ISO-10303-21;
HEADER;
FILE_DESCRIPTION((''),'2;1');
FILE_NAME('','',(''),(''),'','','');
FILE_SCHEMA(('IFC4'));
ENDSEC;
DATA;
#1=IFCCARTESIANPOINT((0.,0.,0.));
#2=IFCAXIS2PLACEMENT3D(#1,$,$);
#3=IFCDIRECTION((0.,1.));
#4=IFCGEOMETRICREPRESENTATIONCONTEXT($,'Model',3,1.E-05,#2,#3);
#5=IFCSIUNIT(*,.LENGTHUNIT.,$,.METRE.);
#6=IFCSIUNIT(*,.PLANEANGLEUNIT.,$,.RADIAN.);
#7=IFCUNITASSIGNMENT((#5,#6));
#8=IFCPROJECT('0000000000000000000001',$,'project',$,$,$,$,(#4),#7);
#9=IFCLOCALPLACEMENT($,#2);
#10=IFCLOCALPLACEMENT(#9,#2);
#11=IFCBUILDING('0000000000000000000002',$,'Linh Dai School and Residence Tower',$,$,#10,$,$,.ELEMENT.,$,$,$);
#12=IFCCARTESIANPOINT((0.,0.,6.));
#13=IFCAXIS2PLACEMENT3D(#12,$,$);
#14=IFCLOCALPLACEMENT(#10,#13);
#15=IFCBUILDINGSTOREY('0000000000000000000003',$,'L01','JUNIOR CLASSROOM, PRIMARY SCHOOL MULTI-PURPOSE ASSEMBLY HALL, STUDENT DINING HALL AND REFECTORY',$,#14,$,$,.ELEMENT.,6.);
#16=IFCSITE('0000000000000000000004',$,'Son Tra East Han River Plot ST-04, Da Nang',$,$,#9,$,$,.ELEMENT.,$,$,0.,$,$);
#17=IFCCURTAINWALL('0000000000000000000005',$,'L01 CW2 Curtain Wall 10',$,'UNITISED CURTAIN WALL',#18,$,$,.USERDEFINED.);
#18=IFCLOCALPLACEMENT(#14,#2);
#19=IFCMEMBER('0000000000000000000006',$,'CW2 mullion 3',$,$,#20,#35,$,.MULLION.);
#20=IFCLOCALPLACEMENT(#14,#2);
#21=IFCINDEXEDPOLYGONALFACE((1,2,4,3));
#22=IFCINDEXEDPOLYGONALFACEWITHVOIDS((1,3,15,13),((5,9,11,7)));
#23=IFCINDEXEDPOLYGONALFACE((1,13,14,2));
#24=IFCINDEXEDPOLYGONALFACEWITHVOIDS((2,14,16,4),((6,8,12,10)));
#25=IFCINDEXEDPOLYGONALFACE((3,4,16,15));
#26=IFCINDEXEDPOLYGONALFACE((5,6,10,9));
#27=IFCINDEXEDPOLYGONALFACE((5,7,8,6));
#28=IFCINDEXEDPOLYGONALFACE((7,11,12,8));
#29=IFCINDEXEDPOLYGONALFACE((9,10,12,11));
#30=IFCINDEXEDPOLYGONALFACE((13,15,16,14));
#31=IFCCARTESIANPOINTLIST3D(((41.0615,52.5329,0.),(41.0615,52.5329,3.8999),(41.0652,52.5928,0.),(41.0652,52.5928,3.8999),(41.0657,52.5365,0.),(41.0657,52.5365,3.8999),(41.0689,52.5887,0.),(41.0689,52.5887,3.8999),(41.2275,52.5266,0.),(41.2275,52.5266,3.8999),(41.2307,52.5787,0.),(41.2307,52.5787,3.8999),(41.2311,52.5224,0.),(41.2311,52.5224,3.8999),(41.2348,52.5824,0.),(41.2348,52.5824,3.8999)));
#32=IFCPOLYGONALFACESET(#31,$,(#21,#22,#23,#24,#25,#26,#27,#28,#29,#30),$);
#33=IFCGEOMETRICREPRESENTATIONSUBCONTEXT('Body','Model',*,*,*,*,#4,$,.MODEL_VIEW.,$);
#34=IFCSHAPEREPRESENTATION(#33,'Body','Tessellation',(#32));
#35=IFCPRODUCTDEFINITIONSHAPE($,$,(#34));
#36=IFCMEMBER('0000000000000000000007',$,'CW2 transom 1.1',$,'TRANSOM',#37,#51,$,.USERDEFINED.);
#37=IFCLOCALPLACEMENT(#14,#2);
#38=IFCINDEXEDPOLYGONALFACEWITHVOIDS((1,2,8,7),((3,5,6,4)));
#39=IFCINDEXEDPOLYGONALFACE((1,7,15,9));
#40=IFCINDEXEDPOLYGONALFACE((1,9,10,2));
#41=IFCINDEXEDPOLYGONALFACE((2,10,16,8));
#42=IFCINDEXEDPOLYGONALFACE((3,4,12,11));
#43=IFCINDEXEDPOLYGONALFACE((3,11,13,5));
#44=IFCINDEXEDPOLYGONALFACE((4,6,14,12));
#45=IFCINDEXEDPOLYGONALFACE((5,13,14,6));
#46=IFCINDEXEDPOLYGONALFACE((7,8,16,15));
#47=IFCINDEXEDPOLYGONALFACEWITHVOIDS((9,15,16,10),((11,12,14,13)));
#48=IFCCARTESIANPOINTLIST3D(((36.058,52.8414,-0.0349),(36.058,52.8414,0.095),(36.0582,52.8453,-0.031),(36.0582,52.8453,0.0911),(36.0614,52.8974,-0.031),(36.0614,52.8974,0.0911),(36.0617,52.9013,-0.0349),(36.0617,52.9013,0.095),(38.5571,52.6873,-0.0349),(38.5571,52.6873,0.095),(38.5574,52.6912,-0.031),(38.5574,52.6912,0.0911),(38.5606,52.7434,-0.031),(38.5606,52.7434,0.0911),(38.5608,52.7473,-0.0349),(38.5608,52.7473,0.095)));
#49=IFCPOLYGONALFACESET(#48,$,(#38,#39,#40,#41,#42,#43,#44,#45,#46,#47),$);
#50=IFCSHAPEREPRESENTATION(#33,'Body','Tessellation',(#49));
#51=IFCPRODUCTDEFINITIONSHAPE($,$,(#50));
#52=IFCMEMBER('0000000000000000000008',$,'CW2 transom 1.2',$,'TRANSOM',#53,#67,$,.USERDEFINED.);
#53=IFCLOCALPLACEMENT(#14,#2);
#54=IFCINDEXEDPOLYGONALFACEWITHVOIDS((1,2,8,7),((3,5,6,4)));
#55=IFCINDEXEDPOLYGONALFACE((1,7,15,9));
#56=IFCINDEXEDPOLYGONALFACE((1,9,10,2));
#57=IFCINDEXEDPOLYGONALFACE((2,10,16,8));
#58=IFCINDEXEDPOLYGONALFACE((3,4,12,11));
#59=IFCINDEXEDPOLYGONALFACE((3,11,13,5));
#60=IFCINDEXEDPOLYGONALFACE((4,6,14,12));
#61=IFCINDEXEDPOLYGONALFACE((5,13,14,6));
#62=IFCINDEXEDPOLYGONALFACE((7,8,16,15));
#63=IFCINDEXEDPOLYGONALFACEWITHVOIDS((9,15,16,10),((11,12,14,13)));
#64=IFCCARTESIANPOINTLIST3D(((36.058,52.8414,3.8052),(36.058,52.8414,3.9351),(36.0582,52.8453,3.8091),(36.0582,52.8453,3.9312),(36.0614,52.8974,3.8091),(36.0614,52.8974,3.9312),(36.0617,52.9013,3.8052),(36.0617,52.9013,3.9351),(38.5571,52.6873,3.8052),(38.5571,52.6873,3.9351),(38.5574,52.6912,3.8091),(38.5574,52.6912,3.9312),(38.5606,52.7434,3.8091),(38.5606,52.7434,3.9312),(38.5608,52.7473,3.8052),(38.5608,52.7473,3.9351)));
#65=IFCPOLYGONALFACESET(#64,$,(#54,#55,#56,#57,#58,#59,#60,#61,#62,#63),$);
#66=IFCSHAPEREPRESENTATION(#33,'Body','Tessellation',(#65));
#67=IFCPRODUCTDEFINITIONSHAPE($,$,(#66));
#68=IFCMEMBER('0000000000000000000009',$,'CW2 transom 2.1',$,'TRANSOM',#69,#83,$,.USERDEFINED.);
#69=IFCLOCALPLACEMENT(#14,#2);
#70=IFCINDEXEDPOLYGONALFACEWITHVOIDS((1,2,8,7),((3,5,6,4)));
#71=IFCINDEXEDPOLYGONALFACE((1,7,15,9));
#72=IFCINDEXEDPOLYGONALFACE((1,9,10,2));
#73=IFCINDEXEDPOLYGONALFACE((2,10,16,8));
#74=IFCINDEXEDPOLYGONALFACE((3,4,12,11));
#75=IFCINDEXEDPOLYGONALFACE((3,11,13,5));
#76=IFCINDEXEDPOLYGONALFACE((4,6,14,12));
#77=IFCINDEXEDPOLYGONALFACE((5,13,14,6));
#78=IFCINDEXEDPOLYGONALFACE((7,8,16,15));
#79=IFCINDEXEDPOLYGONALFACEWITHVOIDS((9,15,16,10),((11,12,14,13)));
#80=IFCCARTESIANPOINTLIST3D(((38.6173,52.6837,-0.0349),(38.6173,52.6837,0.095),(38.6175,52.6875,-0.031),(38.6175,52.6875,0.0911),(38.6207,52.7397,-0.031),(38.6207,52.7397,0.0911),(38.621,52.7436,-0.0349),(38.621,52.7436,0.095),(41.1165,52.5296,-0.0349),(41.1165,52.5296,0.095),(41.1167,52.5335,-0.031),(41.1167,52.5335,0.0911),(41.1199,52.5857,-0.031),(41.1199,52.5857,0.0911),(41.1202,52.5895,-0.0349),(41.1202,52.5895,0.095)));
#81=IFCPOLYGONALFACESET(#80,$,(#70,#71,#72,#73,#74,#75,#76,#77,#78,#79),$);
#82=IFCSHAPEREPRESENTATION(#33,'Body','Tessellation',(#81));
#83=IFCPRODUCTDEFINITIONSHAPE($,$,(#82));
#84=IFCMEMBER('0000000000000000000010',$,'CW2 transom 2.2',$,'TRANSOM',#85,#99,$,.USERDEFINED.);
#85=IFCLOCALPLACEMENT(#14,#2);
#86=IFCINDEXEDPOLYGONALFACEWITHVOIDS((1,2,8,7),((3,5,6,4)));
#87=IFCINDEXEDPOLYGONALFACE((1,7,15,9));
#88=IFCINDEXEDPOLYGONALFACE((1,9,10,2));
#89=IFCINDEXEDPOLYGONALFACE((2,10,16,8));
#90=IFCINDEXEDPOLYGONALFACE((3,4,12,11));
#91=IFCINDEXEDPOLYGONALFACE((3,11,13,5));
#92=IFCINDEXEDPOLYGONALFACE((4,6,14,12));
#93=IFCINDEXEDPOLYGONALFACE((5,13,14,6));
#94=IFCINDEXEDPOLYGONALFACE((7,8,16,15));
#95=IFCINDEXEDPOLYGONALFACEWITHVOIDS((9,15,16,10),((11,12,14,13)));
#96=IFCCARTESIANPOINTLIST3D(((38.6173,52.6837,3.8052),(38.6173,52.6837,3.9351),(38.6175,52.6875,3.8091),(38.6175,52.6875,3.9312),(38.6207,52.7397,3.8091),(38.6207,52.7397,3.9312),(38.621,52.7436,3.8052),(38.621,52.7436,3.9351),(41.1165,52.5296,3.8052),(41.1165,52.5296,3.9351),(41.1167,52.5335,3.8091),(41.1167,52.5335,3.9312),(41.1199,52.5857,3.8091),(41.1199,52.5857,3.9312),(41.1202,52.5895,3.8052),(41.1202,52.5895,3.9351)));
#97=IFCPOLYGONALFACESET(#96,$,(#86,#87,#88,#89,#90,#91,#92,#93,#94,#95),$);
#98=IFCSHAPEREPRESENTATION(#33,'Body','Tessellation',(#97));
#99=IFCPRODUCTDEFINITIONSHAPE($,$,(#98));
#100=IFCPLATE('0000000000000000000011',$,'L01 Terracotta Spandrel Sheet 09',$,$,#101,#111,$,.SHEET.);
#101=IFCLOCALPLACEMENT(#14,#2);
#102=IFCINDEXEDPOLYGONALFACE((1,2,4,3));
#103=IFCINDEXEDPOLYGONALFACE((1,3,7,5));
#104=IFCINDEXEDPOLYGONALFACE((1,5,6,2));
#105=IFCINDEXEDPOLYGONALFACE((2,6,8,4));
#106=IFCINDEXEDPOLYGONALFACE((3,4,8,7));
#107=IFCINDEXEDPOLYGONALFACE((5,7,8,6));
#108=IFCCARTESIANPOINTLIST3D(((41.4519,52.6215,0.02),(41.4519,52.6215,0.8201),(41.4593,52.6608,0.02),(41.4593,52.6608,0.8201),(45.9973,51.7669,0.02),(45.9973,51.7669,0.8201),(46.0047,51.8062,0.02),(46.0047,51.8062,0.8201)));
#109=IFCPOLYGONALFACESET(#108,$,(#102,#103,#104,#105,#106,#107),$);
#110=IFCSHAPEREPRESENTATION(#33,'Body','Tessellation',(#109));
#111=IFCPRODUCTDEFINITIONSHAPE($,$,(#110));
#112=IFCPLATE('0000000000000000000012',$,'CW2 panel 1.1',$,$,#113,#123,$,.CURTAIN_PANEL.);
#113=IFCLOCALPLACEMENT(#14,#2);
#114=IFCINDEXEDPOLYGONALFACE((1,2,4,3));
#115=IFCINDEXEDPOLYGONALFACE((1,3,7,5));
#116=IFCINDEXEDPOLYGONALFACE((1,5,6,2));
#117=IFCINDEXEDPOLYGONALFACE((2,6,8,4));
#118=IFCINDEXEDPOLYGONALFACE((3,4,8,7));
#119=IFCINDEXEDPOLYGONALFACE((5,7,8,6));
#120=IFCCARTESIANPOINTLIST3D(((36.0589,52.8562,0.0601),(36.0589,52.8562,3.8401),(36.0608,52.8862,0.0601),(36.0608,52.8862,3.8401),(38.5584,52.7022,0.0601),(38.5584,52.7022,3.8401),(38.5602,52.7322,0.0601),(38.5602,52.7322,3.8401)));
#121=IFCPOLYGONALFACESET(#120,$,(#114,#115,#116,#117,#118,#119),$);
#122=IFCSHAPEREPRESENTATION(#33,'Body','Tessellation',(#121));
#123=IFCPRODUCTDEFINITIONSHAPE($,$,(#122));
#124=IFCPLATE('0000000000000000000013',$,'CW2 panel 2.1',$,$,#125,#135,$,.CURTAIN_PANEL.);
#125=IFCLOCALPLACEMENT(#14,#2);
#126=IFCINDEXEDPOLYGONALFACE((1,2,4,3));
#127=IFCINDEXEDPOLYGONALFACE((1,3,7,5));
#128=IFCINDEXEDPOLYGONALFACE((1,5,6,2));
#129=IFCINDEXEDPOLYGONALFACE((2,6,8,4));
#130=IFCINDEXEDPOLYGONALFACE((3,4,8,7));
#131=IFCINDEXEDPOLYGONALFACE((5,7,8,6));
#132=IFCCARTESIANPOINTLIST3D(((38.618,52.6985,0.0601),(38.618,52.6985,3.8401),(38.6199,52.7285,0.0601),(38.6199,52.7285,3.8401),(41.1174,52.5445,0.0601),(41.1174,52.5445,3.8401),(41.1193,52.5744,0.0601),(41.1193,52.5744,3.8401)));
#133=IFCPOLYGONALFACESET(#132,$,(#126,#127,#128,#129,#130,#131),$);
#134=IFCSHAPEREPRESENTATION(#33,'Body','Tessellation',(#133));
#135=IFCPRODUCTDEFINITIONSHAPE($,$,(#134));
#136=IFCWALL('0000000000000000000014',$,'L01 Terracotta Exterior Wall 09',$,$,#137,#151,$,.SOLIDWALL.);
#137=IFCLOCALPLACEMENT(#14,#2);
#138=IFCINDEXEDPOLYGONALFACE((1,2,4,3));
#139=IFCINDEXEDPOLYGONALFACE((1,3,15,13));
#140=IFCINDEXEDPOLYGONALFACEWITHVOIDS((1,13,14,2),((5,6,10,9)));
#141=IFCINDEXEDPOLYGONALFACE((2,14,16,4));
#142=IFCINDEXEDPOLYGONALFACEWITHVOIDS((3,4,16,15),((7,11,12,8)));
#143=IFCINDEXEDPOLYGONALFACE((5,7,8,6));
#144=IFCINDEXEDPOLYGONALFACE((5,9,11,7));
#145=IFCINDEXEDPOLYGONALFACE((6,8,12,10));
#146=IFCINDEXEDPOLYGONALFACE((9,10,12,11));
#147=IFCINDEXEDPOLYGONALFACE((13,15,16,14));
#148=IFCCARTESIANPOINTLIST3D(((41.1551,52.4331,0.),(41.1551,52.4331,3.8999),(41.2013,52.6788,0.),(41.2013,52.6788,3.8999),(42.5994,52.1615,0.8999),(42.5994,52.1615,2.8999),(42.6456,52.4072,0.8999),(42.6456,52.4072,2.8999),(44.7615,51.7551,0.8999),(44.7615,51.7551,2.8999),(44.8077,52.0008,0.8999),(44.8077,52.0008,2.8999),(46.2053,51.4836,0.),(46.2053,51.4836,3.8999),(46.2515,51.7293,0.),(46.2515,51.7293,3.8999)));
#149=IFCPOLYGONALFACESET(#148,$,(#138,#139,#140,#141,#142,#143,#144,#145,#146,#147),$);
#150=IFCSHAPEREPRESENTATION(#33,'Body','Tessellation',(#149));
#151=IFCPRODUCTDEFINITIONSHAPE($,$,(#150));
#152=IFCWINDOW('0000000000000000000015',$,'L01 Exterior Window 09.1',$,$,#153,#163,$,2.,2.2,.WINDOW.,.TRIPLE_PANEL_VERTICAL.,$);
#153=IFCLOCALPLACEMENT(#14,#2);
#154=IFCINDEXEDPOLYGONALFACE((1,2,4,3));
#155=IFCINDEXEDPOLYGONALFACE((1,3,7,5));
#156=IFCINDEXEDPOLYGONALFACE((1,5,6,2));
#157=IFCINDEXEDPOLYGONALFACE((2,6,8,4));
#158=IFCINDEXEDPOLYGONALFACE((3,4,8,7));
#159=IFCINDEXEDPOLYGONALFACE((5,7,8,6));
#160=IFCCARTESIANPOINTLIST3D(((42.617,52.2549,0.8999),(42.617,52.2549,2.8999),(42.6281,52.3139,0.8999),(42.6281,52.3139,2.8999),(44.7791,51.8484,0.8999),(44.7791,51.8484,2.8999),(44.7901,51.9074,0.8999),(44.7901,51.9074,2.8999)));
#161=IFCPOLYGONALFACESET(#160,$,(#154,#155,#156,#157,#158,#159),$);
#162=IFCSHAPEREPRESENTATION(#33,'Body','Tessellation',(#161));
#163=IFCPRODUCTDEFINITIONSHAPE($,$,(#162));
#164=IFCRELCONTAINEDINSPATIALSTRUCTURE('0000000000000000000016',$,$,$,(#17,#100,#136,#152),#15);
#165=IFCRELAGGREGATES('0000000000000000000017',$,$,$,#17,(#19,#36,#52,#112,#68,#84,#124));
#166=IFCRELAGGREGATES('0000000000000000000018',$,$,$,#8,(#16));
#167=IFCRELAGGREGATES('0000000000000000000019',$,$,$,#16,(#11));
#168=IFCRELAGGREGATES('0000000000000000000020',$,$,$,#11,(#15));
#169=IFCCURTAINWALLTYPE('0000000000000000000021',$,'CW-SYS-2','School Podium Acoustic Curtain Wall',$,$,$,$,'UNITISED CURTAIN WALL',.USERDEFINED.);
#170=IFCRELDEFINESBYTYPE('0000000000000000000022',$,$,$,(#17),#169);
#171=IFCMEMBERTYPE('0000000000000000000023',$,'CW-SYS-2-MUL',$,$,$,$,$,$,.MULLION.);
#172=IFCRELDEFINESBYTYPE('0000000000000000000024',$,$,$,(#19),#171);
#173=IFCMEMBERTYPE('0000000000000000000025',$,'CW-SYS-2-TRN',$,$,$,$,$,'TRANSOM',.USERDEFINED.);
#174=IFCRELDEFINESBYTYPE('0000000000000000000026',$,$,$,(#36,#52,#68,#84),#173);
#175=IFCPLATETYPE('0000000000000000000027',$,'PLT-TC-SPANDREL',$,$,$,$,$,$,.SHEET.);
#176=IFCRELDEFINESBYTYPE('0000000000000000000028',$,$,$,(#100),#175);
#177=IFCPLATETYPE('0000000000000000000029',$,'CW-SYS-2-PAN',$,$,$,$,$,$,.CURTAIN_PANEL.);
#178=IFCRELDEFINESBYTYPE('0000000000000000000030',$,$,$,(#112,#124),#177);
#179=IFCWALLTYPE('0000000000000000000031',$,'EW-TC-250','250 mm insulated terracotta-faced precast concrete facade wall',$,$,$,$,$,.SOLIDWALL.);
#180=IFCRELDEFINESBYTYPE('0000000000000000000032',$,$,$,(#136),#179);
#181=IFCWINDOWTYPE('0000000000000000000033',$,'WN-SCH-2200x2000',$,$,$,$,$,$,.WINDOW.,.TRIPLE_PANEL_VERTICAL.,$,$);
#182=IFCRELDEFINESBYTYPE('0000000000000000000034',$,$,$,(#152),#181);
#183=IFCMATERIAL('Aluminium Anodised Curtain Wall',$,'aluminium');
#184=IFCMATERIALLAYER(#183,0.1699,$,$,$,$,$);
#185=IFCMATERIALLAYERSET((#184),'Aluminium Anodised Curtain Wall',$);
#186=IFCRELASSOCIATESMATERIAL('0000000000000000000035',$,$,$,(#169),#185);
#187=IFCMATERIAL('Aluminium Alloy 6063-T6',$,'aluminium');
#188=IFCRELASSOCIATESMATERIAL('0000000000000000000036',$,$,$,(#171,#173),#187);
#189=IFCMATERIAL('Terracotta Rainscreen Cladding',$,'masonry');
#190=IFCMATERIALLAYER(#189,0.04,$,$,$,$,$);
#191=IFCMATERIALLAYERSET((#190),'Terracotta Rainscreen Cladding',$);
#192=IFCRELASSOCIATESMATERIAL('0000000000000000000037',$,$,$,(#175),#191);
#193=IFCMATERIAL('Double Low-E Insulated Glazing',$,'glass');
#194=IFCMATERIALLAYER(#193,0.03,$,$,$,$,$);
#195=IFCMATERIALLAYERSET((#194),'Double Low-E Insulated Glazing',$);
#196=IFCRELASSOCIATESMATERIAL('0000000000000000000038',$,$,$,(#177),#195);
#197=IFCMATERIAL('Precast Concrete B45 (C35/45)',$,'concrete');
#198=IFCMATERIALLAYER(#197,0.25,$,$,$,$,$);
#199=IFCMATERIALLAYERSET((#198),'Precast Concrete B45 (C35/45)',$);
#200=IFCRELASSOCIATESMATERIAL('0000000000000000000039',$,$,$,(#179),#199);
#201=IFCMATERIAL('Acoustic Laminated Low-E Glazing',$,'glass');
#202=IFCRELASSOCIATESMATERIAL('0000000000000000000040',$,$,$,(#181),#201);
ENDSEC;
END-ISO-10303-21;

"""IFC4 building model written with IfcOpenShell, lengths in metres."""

from ifc_helpers import new_model, si_unit, direction, frame, frame_2d, origin, origin_2d, place, context, subcontext, project, spatial, rectangle, hollow_rectangle, extrude, source, transform, mapped, material, layer, layer_set, material_profile, profile_set, type_object, element, fill, aggregate, save


model = new_model("IFC4")

# Units and contexts
model_context = context("Model", 3, precision=1e-05, world=origin(), true_north=direction((0.0, 1.0)))
body_context = subcontext(model_context, "Body", "Model", "MODEL_VIEW")
ifc_project = project(units=[si_unit("LENGTHUNIT", "METRE"), si_unit("PLANEANGLEUNIT", "RADIAN")], contexts=[model_context])

# Site, building, storey
site_placement = place(None, origin())
site = spatial("IfcSite", under=ifc_project, at=site_placement, Name="Son Tra East Han River Plot ST-04, Da Nang", CompositionType="ELEMENT", RefElevation=0.0)
building_placement = place(site_placement, origin())
building = spatial("IfcBuilding", under=site, at=building_placement, Name="Linh Dai School and Residence Tower", CompositionType="ELEMENT")
storey_placement = place(building_placement, frame((0.0, 0.0, 6.0)))
storey = spatial("IfcBuildingStorey", under=building, at=storey_placement, Name="L01", Description="JUNIOR CLASSROOM, PRIMARY SCHOOL MULTI-PURPOSE ASSEMBLY HALL, STUDENT DINING HALL AND REFECTORY", CompositionType="ELEMENT", Elevation=6.0)

# Curtain wall, members
ifc_material_1 = material(Name="Aluminium Anodised Curtain Wall", Category="aluminium")
ifc_layer_1 = layer(ifc_material_1, 0.1699)
ifc_layer_set_1 = layer_set([ifc_layer_1], Name="Aluminium Anodised Curtain Wall")
curtain_wall_type = type_object("IfcCurtainWallType", Name="CW-SYS-2", Description="School Podium Acoustic Curtain Wall", ElementType="UNITISED CURTAIN WALL", PredefinedType="USERDEFINED", material=ifc_layer_set_1)
curtain_wall_placement = place(storey_placement, origin())
curtain_wall = element("IfcCurtainWall", 1, at=curtain_wall_placement, inside=storey, type_object=curtain_wall_type, Name="L01 CW2 Curtain Wall 10", ObjectType="UNITISED CURTAIN WALL", PredefinedType="USERDEFINED")
ifc_material_2 = material(Name="Aluminium Alloy 6063-T6", Category="aluminium")
ifc_material_profile_1 = material_profile(ifc_material_2, hollow_rectangle(XDim=0.0601, YDim=0.1699, WallThickness=0.0039, at=origin_2d()), Name="RHS 170x60x4")
ifc_profile_set_1 = profile_set([ifc_material_profile_1], Name="Aluminium Alloy 6063-T6")
member_type_1 = type_object("IfcMemberType", Name="CW-SYS-2-MUL", PredefinedType="MULLION", material=ifc_profile_set_1)
shared_shape_1 = source(origin(), body_context, "Body", "SweptSolid", [
    extrude(hollow_rectangle(XDim=0.0601, YDim=0.1699, WallThickness=0.0039, at=origin_2d()), origin(), (0.0, 0.0, 1.0), 3.8999),
])
member_1_placement = place(storey_placement, frame((41.1482, 52.5576, 0.0), z_axis=(0.0, 0.0, 1.0), x_axis=(0.061516, 0.998106, 0.0)))
member_1 = element("IfcMember", 2, at=member_1_placement, type_object=member_type_1, Name="CW2 mullion 3", PredefinedType="MULLION", context=body_context, shape_type="MappedRepresentation", body=[
    mapped(shared_shape_1, transform((0.0, 0.0, 0.0), x_axis=(1.0, 0.0, 0.0), y_axis=(0.0, 1.0, 0.0), z_axis=(0.0, 0.0, 1.0), scale=1.0)),
])
ifc_material_profile_2 = material_profile(ifc_material_2, hollow_rectangle(XDim=0.0601, YDim=0.1299, WallThickness=0.0039, at=origin_2d()), Name="RHS 130x60x4")
ifc_profile_set_2 = profile_set([ifc_material_profile_2], Name="Aluminium Alloy 6063-T6")
member_type_2 = type_object("IfcMemberType", Name="CW-SYS-2-TRN", ElementType="TRANSOM", PredefinedType="USERDEFINED", material=ifc_profile_set_2)
shared_shape_2 = source(origin(), body_context, "Body", "SweptSolid", [
    extrude(hollow_rectangle(XDim=0.0601, YDim=0.1299, WallThickness=0.0039, at=origin_2d()), origin(), (0.0, 0.0, 1.0), 2.5039),
])
member_2_placement = place(storey_placement, frame((36.0598, 52.8713, 0.03), z_axis=(0.998106, -0.061522, 0.0), x_axis=(0.061522, 0.998106, 0.0)))
member_2 = element("IfcMember", 3, at=member_2_placement, type_object=member_type_2, Name="CW2 transom 1.1", ObjectType="TRANSOM", PredefinedType="USERDEFINED", context=body_context, shape_type="MappedRepresentation", body=[
    mapped(shared_shape_2, transform((0.0, 0.0, 0.0), x_axis=(1.0, 0.0, 0.0), y_axis=(0.0, 1.0, 0.0), z_axis=(0.0, 0.0, 1.0), scale=1.0)),
])
member_3_placement = place(storey_placement, frame((36.0598, 52.8713, 3.8701), z_axis=(0.998106, -0.061522, 0.0), x_axis=(0.061522, 0.998106, 0.0)))
member_3 = element("IfcMember", 4, at=member_3_placement, type_object=member_type_2, Name="CW2 transom 1.2", ObjectType="TRANSOM", PredefinedType="USERDEFINED", context=body_context, shape_type="MappedRepresentation", body=[
    mapped(shared_shape_2, transform((0.0, 0.0, 0.0), x_axis=(1.0, 0.0, 0.0), y_axis=(0.0, 1.0, 0.0), z_axis=(0.0, 0.0, 1.0), scale=1.0)),
])
member_4_placement = place(storey_placement, frame((38.6191, 52.7136, 0.03), z_axis=(0.998106, -0.061522, 0.0), x_axis=(0.061522, 0.998106, 0.0)))
member_4 = element("IfcMember", 5, at=member_4_placement, type_object=member_type_2, Name="CW2 transom 2.1", ObjectType="TRANSOM", PredefinedType="USERDEFINED", context=body_context, shape_type="MappedRepresentation", body=[
    mapped(shared_shape_2, transform((0.0, 0.0, 0.0), x_axis=(1.0, 0.0, 0.0), y_axis=(0.0, 1.0, 0.0), z_axis=(0.0, 0.0, 1.0), scale=1.0)),
])
member_5_placement = place(storey_placement, frame((38.6191, 52.7136, 3.8701), z_axis=(0.998106, -0.061522, 0.0), x_axis=(0.061522, 0.998106, 0.0)))
member_5 = element("IfcMember", 6, at=member_5_placement, type_object=member_type_2, Name="CW2 transom 2.2", ObjectType="TRANSOM", PredefinedType="USERDEFINED", context=body_context, shape_type="MappedRepresentation", body=[
    mapped(shared_shape_2, transform((0.0, 0.0, 0.0), x_axis=(1.0, 0.0, 0.0), y_axis=(0.0, 1.0, 0.0), z_axis=(0.0, 0.0, 1.0), scale=1.0)),
])

# Plates
ifc_material_3 = material(Name="Terracotta Rainscreen Cladding", Category="masonry")
ifc_layer_2 = layer(ifc_material_3, 0.04)
ifc_layer_set_2 = layer_set([ifc_layer_2], Name="Terracotta Rainscreen Cladding")
plate_type_1 = type_object("IfcPlateType", Name="PLT-TC-SPANDREL", PredefinedType="SHEET", material=ifc_layer_set_2)
shared_shape_3 = source(origin(), body_context, "Body", "SweptSolid", [
    extrude(rectangle(XDim=4.625, YDim=0.04, at=origin_2d()), origin(), (0.0, 0.0, 1.0), 0.8),
])
plate_1_placement = place(storey_placement, frame((43.7283, 52.2139, 0.02), z_axis=(0.0, 0.0, 1.0), x_axis=(0.982781, -0.184775, 0.0)))
element("IfcPlate", 7, at=plate_1_placement, inside=storey, type_object=plate_type_1, Name="L01 Terracotta Spandrel Sheet 09", PredefinedType="SHEET", context=body_context, shape_type="MappedRepresentation", body=[
    mapped(shared_shape_3, transform((0.0, 0.0, 0.0), x_axis=(1.0, 0.0, 0.0), y_axis=(0.0, 1.0, 0.0), z_axis=(0.0, 0.0, 1.0), scale=1.0)),
])
ifc_material_4 = material(Name="Double Low-E Insulated Glazing", Category="glass")
ifc_layer_3 = layer(ifc_material_4, 0.03)
ifc_layer_set_3 = layer_set([ifc_layer_3], Name="Double Low-E Insulated Glazing")
plate_type_2 = type_object("IfcPlateType", Name="CW-SYS-2-PAN", PredefinedType="CURTAIN_PANEL", material=ifc_layer_set_3)
shared_shape_4 = source(origin(), body_context, "Body", "SweptSolid", [
    extrude(rectangle(XDim=2.5042, YDim=0.03, at=origin_2d()), origin(), (0.0, 0.0, 1.0), 3.78),
])
plate_2_placement = place(storey_placement, frame((37.3096, 52.7942, 0.0601), z_axis=(0.0, 0.0, 1.0), x_axis=(0.998106, -0.061516, 0.0)))
plate_2 = element("IfcPlate", 8, at=plate_2_placement, type_object=plate_type_2, Name="CW2 panel 1.1", PredefinedType="CURTAIN_PANEL", context=body_context, shape_type="MappedRepresentation", body=[
    mapped(shared_shape_4, transform((0.0, 0.0, 0.0), x_axis=(1.0, 0.0, 0.0), y_axis=(0.0, 1.0, 0.0), z_axis=(0.0, 0.0, 1.0), scale=1.0)),
])
plate_3_placement = place(storey_placement, frame((39.8687, 52.6365, 0.0601), z_axis=(0.0, 0.0, 1.0), x_axis=(0.998106, -0.061516, 0.0)))
plate_3 = element("IfcPlate", 9, at=plate_3_placement, type_object=plate_type_2, Name="CW2 panel 2.1", PredefinedType="CURTAIN_PANEL", context=body_context, shape_type="MappedRepresentation", body=[
    mapped(shared_shape_4, transform((0.0, 0.0, 0.0), x_axis=(1.0, 0.0, 0.0), y_axis=(0.0, 1.0, 0.0), z_axis=(0.0, 0.0, 1.0), scale=1.0)),
])
aggregate(curtain_wall, [member_1, member_2, member_3, plate_2, member_4, member_5, plate_3])

# Wall, opening, window
ifc_material_5 = material(Name="Precast Concrete B45 (C35/45)", Category="concrete")
ifc_layer_4 = layer(ifc_material_5, 0.25)
ifc_layer_set_4 = layer_set([ifc_layer_4], Name="Precast Concrete B45 (C35/45)")
wall_type_1 = type_object("IfcWallType", Name="EW-TC-250", Description="250 mm insulated terracotta-faced precast concrete facade wall", PredefinedType="SOLIDWALL", material=ifc_layer_set_4)
wall_1_placement = place(storey_placement, frame((41.1782, 52.5559, 0.0), z_axis=(0.0, 0.0, 1.0), x_axis=(0.982783, -0.184765, 0.0)))
wall_1 = element("IfcWall", 10, at=wall_1_placement, inside=storey, type_object=wall_type_1, Name="L01 Terracotta Exterior Wall 09", PredefinedType="SOLIDWALL", context=body_context, shape_type="SweptSolid", body=[
    extrude(rectangle(XDim=5.1387, YDim=0.25, at=frame_2d((2.5693, 0.0))), origin(), (0.0, 0.0, 1.0), 3.8999),
])
opening_placement = place(wall_1_placement, frame((1.4695, 0.0, 0.8999)))
opening = element("IfcOpeningElement", 11, at=opening_placement, cuts=wall_1, PredefinedType="OPENING", context=body_context, shape_type="SweptSolid", body=[
    extrude(rectangle(XDim=2.2, YDim=2.0, at=origin_2d()), frame((1.1001, 0.135, 1.0), z_axis=(0.0, -1.0, 0.0), x_axis=(1.0, 0.0, 0.0)), (0.0, 0.0, 1.0), 0.27),
])
ifc_material_6 = material(Name="Acoustic Laminated Low-E Glazing", Category="glass")
window_type = type_object("IfcWindowType", Name="WN-SCH-2200x2000", PartitioningType="TRIPLE_PANEL_VERTICAL", PredefinedType="WINDOW", material=ifc_material_6)
shared_shape_5 = source(origin(), body_context, "Body", "SweptSolid", [
    extrude(rectangle(XDim=2.2, YDim=2.0, at=origin_2d()), frame((1.1001, 0.03, 1.0), z_axis=(0.0, -1.0, 0.0), x_axis=(1.0, 0.0, 0.0)), (0.0, 0.0, 1.0), 0.0601),
])
window_placement = place(opening_placement, origin())
window = element("IfcWindow", 12, at=window_placement, inside=storey, type_object=window_type, Name="L01 Exterior Window 09.1", OverallHeight=2.0, OverallWidth=2.2, PartitioningType="TRIPLE_PANEL_VERTICAL", PredefinedType="WINDOW", context=body_context, shape_type="MappedRepresentation", body=[
    mapped(shared_shape_5, transform((0.0, 0.0, 0.0), x_axis=(1.0, 0.0, 0.0), y_axis=(0.0, 1.0, 0.0), z_axis=(0.0, 0.0, 1.0), scale=1.0)),
])
fill(opening, window)

save(model, "model.ifc")
